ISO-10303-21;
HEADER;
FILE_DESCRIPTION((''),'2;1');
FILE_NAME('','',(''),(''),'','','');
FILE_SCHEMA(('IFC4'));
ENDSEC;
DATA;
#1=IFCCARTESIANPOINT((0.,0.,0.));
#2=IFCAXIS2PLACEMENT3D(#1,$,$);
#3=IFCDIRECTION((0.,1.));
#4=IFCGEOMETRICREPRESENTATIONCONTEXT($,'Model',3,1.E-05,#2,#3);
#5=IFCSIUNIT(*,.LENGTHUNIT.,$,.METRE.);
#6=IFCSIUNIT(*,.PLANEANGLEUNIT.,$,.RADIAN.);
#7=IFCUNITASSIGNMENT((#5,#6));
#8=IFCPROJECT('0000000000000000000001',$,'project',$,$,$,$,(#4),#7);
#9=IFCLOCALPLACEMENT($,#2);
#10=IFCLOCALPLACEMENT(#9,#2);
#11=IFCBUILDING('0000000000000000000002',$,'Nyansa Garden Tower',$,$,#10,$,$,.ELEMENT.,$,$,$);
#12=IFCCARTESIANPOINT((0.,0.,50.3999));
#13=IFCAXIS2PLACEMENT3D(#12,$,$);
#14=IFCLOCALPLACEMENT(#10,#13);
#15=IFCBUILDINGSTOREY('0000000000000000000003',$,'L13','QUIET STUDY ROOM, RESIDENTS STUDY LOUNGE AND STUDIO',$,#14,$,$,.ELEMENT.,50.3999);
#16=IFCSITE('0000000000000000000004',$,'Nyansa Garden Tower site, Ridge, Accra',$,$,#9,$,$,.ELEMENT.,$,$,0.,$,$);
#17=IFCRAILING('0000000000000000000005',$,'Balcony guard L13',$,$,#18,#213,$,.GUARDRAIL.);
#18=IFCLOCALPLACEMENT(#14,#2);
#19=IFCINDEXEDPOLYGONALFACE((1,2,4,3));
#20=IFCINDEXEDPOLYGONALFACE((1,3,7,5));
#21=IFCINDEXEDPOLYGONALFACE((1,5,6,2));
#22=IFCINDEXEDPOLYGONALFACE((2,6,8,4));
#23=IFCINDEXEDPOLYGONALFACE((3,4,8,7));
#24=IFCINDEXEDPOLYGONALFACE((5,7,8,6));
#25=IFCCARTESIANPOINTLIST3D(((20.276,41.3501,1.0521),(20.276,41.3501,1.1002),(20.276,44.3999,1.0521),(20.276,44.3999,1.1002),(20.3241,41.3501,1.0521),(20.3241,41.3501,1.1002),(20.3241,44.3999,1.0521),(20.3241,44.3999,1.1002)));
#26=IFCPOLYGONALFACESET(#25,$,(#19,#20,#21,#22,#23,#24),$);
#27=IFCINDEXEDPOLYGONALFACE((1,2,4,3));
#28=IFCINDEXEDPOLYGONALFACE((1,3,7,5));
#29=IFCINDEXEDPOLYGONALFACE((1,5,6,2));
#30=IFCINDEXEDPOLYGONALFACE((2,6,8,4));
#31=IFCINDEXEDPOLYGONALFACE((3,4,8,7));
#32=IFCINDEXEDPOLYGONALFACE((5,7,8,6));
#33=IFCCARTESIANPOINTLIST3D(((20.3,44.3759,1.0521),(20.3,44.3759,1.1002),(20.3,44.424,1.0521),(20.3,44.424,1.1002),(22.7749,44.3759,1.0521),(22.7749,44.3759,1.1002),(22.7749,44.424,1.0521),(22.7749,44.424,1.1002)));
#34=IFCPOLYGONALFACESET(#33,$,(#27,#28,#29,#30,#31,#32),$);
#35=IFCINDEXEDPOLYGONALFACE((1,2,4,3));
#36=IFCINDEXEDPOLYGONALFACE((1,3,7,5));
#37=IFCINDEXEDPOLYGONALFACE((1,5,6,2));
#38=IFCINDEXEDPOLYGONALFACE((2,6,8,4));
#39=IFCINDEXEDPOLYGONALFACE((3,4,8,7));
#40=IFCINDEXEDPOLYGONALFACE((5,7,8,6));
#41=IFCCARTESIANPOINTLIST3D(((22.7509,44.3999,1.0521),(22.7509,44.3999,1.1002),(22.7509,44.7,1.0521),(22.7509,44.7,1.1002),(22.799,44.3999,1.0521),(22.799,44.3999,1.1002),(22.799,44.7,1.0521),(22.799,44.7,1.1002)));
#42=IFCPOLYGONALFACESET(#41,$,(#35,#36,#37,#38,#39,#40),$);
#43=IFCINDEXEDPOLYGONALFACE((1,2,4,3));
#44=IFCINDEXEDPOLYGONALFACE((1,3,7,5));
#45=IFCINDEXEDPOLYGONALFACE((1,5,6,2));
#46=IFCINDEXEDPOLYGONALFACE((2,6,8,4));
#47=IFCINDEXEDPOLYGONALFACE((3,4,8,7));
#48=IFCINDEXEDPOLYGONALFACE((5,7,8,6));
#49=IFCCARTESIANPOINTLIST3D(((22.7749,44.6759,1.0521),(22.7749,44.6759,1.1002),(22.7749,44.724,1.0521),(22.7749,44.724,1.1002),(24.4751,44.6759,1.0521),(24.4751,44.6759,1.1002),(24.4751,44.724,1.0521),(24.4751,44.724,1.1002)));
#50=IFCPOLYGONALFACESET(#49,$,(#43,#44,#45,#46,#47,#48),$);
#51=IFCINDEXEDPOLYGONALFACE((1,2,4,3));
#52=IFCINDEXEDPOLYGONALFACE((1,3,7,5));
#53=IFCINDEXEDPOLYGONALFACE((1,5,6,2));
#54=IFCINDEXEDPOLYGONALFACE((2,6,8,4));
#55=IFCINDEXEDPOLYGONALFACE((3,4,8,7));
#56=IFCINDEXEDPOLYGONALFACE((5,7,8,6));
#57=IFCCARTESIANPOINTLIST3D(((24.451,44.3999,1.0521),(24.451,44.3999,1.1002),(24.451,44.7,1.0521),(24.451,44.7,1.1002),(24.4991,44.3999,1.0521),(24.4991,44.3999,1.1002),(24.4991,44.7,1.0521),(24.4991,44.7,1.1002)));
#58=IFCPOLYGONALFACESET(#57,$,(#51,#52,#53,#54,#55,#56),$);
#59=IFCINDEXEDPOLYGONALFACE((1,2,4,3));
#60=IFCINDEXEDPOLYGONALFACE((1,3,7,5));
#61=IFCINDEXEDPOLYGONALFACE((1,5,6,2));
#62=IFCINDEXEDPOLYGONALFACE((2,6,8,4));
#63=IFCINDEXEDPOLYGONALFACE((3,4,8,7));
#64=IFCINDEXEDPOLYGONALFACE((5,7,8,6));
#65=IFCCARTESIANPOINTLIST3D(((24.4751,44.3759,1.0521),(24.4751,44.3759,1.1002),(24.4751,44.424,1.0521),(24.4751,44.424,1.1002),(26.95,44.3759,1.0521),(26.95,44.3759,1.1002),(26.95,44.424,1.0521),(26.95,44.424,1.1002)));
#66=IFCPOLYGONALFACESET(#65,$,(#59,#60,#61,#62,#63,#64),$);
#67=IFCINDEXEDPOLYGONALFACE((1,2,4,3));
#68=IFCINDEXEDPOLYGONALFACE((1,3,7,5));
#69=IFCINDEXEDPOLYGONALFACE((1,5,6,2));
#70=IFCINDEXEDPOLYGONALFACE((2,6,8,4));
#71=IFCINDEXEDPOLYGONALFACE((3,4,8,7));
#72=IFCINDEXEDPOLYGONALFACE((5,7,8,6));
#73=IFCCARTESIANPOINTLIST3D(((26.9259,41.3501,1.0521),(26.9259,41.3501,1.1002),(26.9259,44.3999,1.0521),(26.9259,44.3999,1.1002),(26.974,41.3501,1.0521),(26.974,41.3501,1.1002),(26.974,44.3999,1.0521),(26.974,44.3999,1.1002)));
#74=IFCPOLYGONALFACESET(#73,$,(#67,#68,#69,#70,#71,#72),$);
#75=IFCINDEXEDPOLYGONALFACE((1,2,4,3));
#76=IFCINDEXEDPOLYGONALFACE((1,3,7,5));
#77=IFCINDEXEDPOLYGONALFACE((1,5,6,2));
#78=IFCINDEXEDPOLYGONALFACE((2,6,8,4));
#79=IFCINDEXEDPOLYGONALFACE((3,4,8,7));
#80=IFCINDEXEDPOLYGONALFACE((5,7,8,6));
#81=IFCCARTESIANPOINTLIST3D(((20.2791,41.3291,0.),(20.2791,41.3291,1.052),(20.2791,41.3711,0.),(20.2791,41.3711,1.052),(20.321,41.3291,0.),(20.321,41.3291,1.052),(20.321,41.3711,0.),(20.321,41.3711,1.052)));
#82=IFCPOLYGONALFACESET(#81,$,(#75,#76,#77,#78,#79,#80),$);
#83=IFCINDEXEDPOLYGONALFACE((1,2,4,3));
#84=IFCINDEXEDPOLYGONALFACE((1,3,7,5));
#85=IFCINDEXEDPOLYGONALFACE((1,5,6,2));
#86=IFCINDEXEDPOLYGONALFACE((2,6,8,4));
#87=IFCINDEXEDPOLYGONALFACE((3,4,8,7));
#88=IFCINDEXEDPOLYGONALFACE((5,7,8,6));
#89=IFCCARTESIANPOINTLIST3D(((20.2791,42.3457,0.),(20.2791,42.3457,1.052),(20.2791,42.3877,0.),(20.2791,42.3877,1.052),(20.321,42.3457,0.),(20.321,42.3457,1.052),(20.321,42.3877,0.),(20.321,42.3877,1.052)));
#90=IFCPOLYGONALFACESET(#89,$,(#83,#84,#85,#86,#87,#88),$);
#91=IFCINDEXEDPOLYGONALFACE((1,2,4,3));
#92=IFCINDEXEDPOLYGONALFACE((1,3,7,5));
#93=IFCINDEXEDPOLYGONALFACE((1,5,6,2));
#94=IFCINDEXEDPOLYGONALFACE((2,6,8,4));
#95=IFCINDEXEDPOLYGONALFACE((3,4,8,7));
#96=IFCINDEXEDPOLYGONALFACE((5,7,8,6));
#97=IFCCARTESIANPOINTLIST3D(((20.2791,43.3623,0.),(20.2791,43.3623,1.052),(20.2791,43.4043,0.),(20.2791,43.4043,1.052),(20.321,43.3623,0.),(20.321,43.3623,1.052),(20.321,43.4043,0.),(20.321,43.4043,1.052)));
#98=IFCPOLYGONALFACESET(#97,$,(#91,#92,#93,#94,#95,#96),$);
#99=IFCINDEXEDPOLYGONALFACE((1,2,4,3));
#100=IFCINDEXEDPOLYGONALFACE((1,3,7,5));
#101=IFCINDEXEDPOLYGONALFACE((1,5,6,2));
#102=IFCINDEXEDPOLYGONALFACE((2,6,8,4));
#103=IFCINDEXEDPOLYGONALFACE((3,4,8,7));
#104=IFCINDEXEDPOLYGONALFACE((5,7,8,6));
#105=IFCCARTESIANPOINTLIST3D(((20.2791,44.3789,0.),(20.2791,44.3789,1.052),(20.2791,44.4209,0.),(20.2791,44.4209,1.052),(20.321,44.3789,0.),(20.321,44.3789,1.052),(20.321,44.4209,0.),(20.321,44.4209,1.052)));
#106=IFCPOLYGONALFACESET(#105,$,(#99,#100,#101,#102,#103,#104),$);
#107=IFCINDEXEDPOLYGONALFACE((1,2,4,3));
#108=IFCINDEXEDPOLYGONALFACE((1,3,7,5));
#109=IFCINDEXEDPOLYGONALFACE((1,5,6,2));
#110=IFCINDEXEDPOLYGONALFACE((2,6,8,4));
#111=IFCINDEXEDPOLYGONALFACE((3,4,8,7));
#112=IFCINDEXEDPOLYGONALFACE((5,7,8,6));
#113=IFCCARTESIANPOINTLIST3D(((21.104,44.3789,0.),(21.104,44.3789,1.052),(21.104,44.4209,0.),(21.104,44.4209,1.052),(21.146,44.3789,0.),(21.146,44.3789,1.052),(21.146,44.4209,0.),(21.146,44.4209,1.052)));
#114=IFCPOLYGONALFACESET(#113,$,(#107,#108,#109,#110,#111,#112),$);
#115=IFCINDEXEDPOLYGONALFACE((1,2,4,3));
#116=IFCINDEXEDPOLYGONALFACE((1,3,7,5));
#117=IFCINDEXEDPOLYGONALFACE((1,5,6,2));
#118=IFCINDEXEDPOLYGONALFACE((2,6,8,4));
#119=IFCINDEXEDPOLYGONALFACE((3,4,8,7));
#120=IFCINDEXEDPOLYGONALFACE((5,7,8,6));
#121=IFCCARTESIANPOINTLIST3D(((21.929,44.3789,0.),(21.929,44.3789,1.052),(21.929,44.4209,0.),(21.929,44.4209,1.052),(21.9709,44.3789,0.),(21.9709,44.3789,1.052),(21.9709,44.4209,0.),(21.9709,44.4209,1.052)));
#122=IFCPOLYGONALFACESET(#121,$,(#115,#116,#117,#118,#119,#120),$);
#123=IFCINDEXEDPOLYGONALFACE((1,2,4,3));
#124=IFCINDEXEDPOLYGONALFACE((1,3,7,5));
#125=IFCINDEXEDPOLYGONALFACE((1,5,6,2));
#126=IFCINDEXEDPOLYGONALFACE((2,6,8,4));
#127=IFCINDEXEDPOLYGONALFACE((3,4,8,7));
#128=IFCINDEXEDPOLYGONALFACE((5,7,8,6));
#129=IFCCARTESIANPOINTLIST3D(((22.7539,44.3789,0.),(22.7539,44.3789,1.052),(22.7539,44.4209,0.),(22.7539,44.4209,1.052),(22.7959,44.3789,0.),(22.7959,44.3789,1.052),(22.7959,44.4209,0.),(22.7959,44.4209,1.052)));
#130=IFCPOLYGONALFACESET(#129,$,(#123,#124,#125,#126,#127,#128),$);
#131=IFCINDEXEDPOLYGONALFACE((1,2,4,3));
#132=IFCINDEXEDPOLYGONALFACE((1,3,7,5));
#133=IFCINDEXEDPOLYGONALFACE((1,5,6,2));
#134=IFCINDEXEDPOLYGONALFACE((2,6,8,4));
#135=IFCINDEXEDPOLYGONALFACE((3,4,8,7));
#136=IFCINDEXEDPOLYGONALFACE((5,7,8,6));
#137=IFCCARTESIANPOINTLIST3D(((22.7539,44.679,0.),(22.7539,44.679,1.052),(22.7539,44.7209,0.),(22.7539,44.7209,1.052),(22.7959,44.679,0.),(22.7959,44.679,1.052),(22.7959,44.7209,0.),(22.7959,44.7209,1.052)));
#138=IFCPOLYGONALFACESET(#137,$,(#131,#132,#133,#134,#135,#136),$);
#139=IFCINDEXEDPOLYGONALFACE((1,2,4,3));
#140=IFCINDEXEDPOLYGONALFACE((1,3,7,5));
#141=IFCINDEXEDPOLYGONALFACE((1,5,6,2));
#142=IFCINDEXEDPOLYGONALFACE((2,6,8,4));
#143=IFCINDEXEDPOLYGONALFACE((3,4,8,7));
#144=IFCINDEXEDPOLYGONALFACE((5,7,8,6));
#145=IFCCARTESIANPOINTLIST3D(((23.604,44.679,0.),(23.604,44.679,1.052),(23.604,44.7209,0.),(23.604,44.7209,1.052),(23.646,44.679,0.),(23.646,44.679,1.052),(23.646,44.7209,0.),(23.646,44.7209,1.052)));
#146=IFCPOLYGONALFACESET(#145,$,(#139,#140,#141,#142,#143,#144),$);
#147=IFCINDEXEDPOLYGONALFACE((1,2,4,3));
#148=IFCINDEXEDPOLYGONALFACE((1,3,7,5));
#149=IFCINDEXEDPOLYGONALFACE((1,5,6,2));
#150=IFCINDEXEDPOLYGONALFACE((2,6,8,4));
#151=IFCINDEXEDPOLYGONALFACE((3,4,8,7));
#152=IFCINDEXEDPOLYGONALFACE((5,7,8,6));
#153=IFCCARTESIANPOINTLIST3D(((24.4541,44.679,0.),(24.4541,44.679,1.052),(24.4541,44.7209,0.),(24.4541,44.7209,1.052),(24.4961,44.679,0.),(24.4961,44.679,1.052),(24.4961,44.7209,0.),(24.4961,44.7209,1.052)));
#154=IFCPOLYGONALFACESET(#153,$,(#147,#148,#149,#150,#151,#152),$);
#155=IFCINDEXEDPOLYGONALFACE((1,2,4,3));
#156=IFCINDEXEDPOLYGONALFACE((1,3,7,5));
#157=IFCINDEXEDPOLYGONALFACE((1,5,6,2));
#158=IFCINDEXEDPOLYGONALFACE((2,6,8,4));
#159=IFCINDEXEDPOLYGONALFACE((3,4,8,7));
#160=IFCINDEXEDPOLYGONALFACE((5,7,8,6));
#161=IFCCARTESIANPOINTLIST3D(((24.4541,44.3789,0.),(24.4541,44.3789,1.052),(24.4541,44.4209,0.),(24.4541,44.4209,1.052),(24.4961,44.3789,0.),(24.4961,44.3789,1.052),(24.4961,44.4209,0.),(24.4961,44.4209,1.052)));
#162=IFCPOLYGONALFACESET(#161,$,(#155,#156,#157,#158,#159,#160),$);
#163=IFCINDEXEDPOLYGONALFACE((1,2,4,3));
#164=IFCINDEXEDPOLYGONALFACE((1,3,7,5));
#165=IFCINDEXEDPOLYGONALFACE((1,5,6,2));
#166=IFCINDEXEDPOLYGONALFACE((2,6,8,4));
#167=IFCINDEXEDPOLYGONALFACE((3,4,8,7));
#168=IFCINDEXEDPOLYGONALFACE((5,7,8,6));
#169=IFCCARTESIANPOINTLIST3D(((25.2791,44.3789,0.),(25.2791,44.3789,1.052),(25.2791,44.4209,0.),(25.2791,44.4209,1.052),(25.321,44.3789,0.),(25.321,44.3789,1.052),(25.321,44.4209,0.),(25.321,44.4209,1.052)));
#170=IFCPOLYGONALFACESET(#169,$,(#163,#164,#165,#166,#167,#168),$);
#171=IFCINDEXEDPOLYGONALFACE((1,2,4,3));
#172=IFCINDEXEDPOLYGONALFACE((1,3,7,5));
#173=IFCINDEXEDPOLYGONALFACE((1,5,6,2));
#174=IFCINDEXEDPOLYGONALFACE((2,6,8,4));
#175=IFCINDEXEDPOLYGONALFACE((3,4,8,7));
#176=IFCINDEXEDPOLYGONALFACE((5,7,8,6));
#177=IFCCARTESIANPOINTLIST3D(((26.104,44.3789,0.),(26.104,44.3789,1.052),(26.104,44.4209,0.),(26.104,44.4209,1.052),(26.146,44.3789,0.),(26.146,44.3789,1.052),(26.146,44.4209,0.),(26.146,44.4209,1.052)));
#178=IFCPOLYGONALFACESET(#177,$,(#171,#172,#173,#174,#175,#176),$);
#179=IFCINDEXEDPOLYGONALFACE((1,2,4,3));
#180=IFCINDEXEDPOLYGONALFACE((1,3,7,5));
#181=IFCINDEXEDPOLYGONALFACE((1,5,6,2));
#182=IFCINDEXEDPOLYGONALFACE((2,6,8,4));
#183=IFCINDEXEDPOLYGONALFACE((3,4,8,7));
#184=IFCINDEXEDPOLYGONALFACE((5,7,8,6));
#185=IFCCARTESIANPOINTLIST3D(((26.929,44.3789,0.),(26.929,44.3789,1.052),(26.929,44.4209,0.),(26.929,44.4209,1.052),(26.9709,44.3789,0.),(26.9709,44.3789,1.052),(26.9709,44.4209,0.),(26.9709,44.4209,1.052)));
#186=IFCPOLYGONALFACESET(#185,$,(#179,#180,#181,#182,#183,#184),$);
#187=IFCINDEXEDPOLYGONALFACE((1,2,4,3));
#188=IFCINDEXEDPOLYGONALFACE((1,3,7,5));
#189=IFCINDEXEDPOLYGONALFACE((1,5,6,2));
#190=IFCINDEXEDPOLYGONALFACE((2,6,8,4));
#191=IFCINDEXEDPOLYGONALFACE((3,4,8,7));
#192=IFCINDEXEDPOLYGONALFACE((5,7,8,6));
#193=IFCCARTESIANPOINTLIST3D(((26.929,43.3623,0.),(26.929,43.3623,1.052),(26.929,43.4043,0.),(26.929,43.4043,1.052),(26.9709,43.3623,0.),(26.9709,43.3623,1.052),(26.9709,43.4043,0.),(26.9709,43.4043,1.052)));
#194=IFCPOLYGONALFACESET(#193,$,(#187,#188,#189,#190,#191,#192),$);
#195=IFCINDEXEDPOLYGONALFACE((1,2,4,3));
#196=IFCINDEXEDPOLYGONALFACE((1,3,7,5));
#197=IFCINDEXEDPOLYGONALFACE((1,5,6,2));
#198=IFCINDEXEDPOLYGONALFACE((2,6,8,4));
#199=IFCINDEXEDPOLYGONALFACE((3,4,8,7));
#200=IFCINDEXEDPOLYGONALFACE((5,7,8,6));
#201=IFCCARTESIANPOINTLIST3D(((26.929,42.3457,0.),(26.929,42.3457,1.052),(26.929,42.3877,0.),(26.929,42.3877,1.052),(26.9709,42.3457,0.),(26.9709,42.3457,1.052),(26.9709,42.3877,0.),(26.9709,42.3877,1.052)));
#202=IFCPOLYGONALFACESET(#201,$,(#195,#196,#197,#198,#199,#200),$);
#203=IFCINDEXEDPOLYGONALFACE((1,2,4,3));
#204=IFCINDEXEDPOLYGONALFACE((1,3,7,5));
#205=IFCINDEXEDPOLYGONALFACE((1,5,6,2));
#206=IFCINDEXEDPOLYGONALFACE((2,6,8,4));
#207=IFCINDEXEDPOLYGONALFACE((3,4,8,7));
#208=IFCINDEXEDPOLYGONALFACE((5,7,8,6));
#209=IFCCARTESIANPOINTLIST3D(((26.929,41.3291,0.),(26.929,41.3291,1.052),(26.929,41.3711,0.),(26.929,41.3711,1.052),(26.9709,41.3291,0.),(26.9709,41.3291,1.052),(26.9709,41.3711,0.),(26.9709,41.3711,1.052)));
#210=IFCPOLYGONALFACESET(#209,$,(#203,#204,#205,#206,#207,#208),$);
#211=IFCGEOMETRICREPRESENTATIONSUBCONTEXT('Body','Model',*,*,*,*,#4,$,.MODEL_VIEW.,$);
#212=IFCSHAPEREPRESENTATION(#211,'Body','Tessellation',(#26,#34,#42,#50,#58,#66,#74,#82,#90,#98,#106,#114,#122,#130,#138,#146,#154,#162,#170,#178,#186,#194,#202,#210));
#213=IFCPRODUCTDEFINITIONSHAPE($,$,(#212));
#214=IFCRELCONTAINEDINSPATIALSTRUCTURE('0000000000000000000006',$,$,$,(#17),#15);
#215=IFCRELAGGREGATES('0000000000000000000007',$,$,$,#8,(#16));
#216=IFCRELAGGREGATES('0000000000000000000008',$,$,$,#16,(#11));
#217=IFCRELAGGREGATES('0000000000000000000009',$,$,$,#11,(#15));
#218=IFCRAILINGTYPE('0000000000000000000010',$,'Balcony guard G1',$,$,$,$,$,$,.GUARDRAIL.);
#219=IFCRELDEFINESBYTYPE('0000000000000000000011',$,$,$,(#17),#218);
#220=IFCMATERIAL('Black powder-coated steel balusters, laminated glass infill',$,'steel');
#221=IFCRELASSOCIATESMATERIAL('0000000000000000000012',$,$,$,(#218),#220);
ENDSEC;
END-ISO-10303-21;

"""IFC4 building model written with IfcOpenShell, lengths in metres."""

from ifc_helpers import new_model, si_unit, direction, frame, origin, origin_2d, place, context, subcontext, project, spatial, rectangle, extrude, material, type_object, element, save


model = new_model("IFC4")

# Units and contexts
model_context = context("Model", 3, precision=1e-05, world=origin(), true_north=direction((0.0, 1.0)))
body_context = subcontext(model_context, "Body", "Model", "MODEL_VIEW")
ifc_project = project(units=[si_unit("LENGTHUNIT", "METRE"), si_unit("PLANEANGLEUNIT", "RADIAN")], contexts=[model_context])

# Site, building, storey
site_placement = place(None, origin())
site = spatial("IfcSite", under=ifc_project, at=site_placement, Name="Nyansa Garden Tower site, Ridge, Accra", CompositionType="ELEMENT", RefElevation=0.0)
building_placement = place(site_placement, origin())
building = spatial("IfcBuilding", under=site, at=building_placement, Name="Nyansa Garden Tower", CompositionType="ELEMENT")
storey_placement = place(building_placement, frame((0.0, 0.0, 50.3999)))
storey = spatial("IfcBuildingStorey", under=building, at=storey_placement, Name="L13", Description="QUIET STUDY ROOM, RESIDENTS STUDY LOUNGE AND STUDIO", CompositionType="ELEMENT", Elevation=50.3999)

# Railing
ifc_material_1 = material(Name="Black powder-coated steel balusters, laminated glass infill", Category="steel")
railing_type = type_object("IfcRailingType", Name="Balcony guard G1", PredefinedType="GUARDRAIL", material=ifc_material_1)
railing_placement = place(storey_placement, frame((20.3, 41.3501, 0.0)))
element("IfcRailing", 1, at=railing_placement, inside=storey, type_object=railing_type, Name="Balcony guard L13", PredefinedType="GUARDRAIL", context=body_context, shape_type="SweptSolid", body=[
    extrude(rectangle(XDim=0.0481, YDim=0.0481, at=origin_2d()), frame((0.0, 0.0, 1.0762), z_axis=(0.0, 1.0, 0.0), x_axis=(-1.0, 0.0, 0.0)), (0.0, 0.0, 1.0), 3.0498),
    extrude(rectangle(XDim=0.0481, YDim=0.0481, at=origin_2d()), frame((0.0, 3.0498, 1.0762), z_axis=(1.0, 0.0, 0.0), x_axis=(0.0, 1.0, 0.0)), (0.0, 0.0, 1.0), 2.4749),
    extrude(rectangle(XDim=0.0481, YDim=0.0481, at=origin_2d()), frame((2.4749, 3.0498, 1.0762), z_axis=(0.0, 1.0, 0.0), x_axis=(-1.0, 0.0, 0.0)), (0.0, 0.0, 1.0), 0.3),
    extrude(rectangle(XDim=0.0481, YDim=0.0481, at=origin_2d()), frame((2.4749, 3.3499, 1.0762), z_axis=(1.0, 0.0, 0.0), x_axis=(0.0, 1.0, 0.0)), (0.0, 0.0, 1.0), 1.7002),
    extrude(rectangle(XDim=0.0481, YDim=0.0481, at=origin_2d()), frame((4.175, 3.3499, 1.0762), z_axis=(0.0, -1.0, 0.0), x_axis=(1.0, 0.0, 0.0)), (0.0, 0.0, 1.0), 0.3),
    extrude(rectangle(XDim=0.0481, YDim=0.0481, at=origin_2d()), frame((4.175, 3.0498, 1.0762), z_axis=(1.0, 0.0, 0.0), x_axis=(0.0, 1.0, 0.0)), (0.0, 0.0, 1.0), 2.4749),
    extrude(rectangle(XDim=0.0481, YDim=0.0481, at=origin_2d()), frame((6.6499, 3.0498, 1.0762), z_axis=(0.0, -1.0, 0.0), x_axis=(1.0, 0.0, 0.0)), (0.0, 0.0, 1.0), 3.0498),
    extrude(rectangle(XDim=0.042, YDim=0.042, at=origin_2d()), origin(), (0.0, 0.0, 1.0), 1.052),
    extrude(rectangle(XDim=0.042, YDim=0.042, at=origin_2d()), frame((0.0, 1.0166, 0.0)), (0.0, 0.0, 1.0), 1.052),
    extrude(rectangle(XDim=0.042, YDim=0.042, at=origin_2d()), frame((0.0, 2.0332, 0.0)), (0.0, 0.0, 1.0), 1.052),
    extrude(rectangle(XDim=0.042, YDim=0.042, at=origin_2d()), frame((0.0, 3.0498, 0.0)), (0.0, 0.0, 1.0), 1.052),
    extrude(rectangle(XDim=0.042, YDim=0.042, at=origin_2d()), frame((0.825, 3.0498, 0.0)), (0.0, 0.0, 1.0), 1.052),
    extrude(rectangle(XDim=0.042, YDim=0.042, at=origin_2d()), frame((1.6499, 3.0498, 0.0)), (0.0, 0.0, 1.0), 1.052),
    extrude(rectangle(XDim=0.042, YDim=0.042, at=origin_2d()), frame((2.4749, 3.0498, 0.0)), (0.0, 0.0, 1.0), 1.052),
    extrude(rectangle(XDim=0.042, YDim=0.042, at=origin_2d()), frame((2.4749, 3.3499, 0.0)), (0.0, 0.0, 1.0), 1.052),
    extrude(rectangle(XDim=0.042, YDim=0.042, at=origin_2d()), frame((3.325, 3.3499, 0.0)), (0.0, 0.0, 1.0), 1.052),
    extrude(rectangle(XDim=0.042, YDim=0.042, at=origin_2d()), frame((4.175, 3.3499, 0.0)), (0.0, 0.0, 1.0), 1.052),
    extrude(rectangle(XDim=0.042, YDim=0.042, at=origin_2d()), frame((4.175, 3.0498, 0.0)), (0.0, 0.0, 1.0), 1.052),
    extrude(rectangle(XDim=0.042, YDim=0.042, at=origin_2d()), frame((5.0, 3.0498, 0.0)), (0.0, 0.0, 1.0), 1.052),
    extrude(rectangle(XDim=0.042, YDim=0.042, at=origin_2d()), frame((5.825, 3.0498, 0.0)), (0.0, 0.0, 1.0), 1.052),
    extrude(rectangle(XDim=0.042, YDim=0.042, at=origin_2d()), frame((6.6499, 3.0498, 0.0)), (0.0, 0.0, 1.0), 1.052),
    extrude(rectangle(XDim=0.042, YDim=0.042, at=origin_2d()), frame((6.6499, 2.0332, 0.0)), (0.0, 0.0, 1.0), 1.052),
    extrude(rectangle(XDim=0.042, YDim=0.042, at=origin_2d()), frame((6.6499, 1.0166, 0.0)), (0.0, 0.0, 1.0), 1.052),
    extrude(rectangle(XDim=0.042, YDim=0.042, at=origin_2d()), frame((6.6499, 0.0, 0.0)), (0.0, 0.0, 1.0), 1.052),
])

save(model, "model.ifc")
